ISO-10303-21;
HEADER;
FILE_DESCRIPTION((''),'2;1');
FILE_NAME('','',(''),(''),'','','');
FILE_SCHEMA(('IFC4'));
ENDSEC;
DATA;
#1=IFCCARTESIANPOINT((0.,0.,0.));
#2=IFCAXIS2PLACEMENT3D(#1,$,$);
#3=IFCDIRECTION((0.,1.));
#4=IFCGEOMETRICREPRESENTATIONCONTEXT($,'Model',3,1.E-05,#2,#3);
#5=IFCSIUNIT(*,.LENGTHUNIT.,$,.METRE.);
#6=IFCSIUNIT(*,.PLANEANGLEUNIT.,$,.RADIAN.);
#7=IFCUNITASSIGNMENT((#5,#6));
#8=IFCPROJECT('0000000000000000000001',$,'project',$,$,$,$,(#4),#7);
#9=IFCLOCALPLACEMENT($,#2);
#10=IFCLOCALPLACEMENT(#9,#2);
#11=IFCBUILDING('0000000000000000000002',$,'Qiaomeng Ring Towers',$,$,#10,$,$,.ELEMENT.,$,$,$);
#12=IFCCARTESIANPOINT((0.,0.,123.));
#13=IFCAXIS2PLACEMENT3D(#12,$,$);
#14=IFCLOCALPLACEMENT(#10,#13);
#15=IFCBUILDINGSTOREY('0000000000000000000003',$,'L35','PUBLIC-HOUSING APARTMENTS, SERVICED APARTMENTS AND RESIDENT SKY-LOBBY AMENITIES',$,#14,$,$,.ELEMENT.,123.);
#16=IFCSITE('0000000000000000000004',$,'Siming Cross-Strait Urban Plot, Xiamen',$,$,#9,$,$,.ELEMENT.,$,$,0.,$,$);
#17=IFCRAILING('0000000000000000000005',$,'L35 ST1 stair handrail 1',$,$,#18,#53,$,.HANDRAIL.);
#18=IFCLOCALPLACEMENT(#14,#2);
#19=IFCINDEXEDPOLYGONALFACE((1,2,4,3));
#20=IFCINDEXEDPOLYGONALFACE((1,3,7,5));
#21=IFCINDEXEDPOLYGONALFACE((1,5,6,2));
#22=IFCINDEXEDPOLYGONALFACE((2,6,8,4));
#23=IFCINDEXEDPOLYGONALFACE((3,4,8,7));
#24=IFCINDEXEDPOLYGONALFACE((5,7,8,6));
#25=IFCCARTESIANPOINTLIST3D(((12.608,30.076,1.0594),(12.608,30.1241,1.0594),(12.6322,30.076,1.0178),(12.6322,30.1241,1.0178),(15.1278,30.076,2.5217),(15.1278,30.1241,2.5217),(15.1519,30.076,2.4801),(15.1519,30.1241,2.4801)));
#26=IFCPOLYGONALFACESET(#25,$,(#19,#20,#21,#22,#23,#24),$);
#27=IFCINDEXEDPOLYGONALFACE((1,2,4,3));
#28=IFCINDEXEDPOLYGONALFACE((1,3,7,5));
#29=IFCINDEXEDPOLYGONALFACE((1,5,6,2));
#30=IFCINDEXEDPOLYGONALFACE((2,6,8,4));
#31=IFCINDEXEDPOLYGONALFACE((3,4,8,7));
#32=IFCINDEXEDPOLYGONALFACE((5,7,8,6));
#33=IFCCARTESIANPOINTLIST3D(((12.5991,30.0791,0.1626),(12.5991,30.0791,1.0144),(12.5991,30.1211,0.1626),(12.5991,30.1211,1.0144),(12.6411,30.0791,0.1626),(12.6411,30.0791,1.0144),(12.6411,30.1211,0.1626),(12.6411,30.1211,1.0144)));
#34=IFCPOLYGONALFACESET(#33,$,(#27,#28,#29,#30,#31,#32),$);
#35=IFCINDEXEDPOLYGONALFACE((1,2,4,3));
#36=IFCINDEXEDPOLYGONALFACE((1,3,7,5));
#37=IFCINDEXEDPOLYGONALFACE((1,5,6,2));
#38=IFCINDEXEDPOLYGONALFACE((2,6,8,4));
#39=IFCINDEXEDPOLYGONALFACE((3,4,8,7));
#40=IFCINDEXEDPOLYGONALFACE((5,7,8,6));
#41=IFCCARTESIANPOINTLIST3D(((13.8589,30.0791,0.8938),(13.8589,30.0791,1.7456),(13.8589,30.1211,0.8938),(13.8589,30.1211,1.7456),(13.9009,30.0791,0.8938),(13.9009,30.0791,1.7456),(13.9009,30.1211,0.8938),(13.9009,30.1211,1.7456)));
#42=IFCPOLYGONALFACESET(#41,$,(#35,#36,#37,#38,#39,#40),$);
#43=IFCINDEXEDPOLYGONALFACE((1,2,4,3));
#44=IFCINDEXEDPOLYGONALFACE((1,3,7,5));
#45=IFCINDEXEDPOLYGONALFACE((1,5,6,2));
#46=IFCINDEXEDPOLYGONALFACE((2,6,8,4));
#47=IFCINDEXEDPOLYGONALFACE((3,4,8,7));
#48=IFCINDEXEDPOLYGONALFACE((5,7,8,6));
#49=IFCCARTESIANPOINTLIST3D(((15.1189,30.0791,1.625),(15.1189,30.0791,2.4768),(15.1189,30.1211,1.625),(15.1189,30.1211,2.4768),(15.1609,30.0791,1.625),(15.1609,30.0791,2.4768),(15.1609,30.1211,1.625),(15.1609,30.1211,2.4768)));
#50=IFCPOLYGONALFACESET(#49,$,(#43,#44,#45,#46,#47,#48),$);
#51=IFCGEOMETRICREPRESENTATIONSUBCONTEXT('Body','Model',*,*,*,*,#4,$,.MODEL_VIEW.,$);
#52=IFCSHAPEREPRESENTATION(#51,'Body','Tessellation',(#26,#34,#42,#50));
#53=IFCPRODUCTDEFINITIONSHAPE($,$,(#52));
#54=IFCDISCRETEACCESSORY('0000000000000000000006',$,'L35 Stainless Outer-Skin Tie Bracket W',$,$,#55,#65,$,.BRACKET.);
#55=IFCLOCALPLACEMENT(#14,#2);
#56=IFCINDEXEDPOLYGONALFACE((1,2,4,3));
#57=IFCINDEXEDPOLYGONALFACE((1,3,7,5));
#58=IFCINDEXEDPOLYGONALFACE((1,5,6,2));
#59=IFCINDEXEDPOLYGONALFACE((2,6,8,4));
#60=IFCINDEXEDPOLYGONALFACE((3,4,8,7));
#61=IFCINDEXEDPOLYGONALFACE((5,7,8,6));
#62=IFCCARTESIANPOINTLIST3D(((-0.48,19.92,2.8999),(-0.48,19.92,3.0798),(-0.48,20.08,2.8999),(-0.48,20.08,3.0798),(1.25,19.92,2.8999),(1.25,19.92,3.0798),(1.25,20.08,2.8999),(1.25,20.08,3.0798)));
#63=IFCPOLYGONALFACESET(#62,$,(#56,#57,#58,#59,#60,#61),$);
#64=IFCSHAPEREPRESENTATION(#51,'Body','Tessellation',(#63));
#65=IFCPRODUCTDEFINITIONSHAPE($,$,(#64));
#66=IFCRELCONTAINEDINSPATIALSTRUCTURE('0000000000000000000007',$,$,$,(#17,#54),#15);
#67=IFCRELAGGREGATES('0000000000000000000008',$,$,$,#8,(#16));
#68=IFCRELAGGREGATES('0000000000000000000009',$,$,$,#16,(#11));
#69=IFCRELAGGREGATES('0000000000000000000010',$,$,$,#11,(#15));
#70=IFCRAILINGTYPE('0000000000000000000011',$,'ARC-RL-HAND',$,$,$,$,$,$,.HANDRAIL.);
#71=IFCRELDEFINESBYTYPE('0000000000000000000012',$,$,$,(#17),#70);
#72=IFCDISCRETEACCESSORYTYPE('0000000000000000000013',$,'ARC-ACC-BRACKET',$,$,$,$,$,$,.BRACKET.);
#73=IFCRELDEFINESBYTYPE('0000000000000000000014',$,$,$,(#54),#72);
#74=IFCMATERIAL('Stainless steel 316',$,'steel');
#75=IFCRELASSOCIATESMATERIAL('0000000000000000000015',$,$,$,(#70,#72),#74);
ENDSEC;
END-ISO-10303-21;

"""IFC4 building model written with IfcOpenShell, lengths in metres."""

from ifc_helpers import new_model, si_unit, direction, frame, origin, origin_2d, place, context, subcontext, project, spatial, rectangle, extrude, source, transform, mapped, material, type_object, element, save


model = new_model("IFC4")

# Units and contexts
model_context = context("Model", 3, precision=1e-05, world=origin(), true_north=direction((0.0, 1.0)))
body_context = subcontext(model_context, "Body", "Model", "MODEL_VIEW")
ifc_project = project(units=[si_unit("LENGTHUNIT", "METRE"), si_unit("PLANEANGLEUNIT", "RADIAN")], contexts=[model_context])

# Site, building, storey
site_placement = place(None, origin())
site = spatial("IfcSite", under=ifc_project, at=site_placement, Name="Siming Cross-Strait Urban Plot, Xiamen", CompositionType="ELEMENT", RefElevation=0.0)
building_placement = place(site_placement, origin())
building = spatial("IfcBuilding", under=site, at=building_placement, Name="Qiaomeng Ring Towers", CompositionType="ELEMENT")
storey_placement = place(building_placement, frame((0.0, 0.0, 123.0)))
storey = spatial("IfcBuildingStorey", under=building, at=storey_placement, Name="L35", Description="PUBLIC-HOUSING APARTMENTS, SERVICED APARTMENTS AND RESIDENT SKY-LOBBY AMENITIES", CompositionType="ELEMENT", Elevation=123.0)

# Shared definitions
ifc_material_1 = material(Name="Stainless steel 316", Category="steel")

# Railing
railing_type_1 = type_object("IfcRailingType", Name="ARC-RL-HAND", PredefinedType="HANDRAIL", material=ifc_material_1)
railing_1_placement = place(storey_placement, frame((12.6201, 30.1001, 0.1626)))
element("IfcRailing", 1, at=railing_1_placement, inside=storey, type_object=railing_type_1, Name="L35 ST1 stair handrail 1", PredefinedType="HANDRAIL", context=body_context, shape_type="SweptSolid", body=[
    extrude(rectangle(XDim=0.0481, YDim=0.0481, at=origin_2d()), frame((0.0, 0.0, 0.876), z_axis=(0.864892, 0.0, 0.501958), x_axis=(0.0, 1.0, 0.0)), (0.0, 0.0, 1.0), 2.9133),
    extrude(rectangle(XDim=0.042, YDim=0.042, at=origin_2d()), origin(), (0.0, 0.0, 1.0), 0.8518),
    extrude(rectangle(XDim=0.042, YDim=0.042, at=origin_2d()), frame((1.2598, 0.0, 0.7312)), (0.0, 0.0, 1.0), 0.8518),
    extrude(rectangle(XDim=0.042, YDim=0.042, at=origin_2d()), frame((2.5198, 0.0, 1.4624)), (0.0, 0.0, 1.0), 0.8518),
])

# Discrete accessory
discrete_accessory_type = type_object("IfcDiscreteAccessoryType", Name="ARC-ACC-BRACKET", PredefinedType="BRACKET", material=ifc_material_1)
shared_shape_1 = source(origin(), body_context, "Body", "SweptSolid", [
    extrude(rectangle(XDim=1.73, YDim=0.1599, at=origin_2d()), origin(), (0.0, 0.0, 1.0), 0.1799),
])
discrete_accessory_placement = place(storey_placement, frame((0.385, 20.0, 2.8999), z_axis=(0.0, 0.0, 1.0), x_axis=(1.0, 0.0, 0.0)))
element("IfcDiscreteAccessory", 2, at=discrete_accessory_placement, inside=storey, type_object=discrete_accessory_type, Name="L35 Stainless Outer-Skin Tie Bracket W", PredefinedType="BRACKET", context=body_context, shape_type="MappedRepresentation", body=[
    mapped(shared_shape_1, transform((0.0, 0.0, 0.0), x_axis=(1.0, 0.0, 0.0), y_axis=(0.0, 1.0, 0.0), z_axis=(0.0, 0.0, 1.0), scale=1.0)),
])

save(model, "model.ifc")
